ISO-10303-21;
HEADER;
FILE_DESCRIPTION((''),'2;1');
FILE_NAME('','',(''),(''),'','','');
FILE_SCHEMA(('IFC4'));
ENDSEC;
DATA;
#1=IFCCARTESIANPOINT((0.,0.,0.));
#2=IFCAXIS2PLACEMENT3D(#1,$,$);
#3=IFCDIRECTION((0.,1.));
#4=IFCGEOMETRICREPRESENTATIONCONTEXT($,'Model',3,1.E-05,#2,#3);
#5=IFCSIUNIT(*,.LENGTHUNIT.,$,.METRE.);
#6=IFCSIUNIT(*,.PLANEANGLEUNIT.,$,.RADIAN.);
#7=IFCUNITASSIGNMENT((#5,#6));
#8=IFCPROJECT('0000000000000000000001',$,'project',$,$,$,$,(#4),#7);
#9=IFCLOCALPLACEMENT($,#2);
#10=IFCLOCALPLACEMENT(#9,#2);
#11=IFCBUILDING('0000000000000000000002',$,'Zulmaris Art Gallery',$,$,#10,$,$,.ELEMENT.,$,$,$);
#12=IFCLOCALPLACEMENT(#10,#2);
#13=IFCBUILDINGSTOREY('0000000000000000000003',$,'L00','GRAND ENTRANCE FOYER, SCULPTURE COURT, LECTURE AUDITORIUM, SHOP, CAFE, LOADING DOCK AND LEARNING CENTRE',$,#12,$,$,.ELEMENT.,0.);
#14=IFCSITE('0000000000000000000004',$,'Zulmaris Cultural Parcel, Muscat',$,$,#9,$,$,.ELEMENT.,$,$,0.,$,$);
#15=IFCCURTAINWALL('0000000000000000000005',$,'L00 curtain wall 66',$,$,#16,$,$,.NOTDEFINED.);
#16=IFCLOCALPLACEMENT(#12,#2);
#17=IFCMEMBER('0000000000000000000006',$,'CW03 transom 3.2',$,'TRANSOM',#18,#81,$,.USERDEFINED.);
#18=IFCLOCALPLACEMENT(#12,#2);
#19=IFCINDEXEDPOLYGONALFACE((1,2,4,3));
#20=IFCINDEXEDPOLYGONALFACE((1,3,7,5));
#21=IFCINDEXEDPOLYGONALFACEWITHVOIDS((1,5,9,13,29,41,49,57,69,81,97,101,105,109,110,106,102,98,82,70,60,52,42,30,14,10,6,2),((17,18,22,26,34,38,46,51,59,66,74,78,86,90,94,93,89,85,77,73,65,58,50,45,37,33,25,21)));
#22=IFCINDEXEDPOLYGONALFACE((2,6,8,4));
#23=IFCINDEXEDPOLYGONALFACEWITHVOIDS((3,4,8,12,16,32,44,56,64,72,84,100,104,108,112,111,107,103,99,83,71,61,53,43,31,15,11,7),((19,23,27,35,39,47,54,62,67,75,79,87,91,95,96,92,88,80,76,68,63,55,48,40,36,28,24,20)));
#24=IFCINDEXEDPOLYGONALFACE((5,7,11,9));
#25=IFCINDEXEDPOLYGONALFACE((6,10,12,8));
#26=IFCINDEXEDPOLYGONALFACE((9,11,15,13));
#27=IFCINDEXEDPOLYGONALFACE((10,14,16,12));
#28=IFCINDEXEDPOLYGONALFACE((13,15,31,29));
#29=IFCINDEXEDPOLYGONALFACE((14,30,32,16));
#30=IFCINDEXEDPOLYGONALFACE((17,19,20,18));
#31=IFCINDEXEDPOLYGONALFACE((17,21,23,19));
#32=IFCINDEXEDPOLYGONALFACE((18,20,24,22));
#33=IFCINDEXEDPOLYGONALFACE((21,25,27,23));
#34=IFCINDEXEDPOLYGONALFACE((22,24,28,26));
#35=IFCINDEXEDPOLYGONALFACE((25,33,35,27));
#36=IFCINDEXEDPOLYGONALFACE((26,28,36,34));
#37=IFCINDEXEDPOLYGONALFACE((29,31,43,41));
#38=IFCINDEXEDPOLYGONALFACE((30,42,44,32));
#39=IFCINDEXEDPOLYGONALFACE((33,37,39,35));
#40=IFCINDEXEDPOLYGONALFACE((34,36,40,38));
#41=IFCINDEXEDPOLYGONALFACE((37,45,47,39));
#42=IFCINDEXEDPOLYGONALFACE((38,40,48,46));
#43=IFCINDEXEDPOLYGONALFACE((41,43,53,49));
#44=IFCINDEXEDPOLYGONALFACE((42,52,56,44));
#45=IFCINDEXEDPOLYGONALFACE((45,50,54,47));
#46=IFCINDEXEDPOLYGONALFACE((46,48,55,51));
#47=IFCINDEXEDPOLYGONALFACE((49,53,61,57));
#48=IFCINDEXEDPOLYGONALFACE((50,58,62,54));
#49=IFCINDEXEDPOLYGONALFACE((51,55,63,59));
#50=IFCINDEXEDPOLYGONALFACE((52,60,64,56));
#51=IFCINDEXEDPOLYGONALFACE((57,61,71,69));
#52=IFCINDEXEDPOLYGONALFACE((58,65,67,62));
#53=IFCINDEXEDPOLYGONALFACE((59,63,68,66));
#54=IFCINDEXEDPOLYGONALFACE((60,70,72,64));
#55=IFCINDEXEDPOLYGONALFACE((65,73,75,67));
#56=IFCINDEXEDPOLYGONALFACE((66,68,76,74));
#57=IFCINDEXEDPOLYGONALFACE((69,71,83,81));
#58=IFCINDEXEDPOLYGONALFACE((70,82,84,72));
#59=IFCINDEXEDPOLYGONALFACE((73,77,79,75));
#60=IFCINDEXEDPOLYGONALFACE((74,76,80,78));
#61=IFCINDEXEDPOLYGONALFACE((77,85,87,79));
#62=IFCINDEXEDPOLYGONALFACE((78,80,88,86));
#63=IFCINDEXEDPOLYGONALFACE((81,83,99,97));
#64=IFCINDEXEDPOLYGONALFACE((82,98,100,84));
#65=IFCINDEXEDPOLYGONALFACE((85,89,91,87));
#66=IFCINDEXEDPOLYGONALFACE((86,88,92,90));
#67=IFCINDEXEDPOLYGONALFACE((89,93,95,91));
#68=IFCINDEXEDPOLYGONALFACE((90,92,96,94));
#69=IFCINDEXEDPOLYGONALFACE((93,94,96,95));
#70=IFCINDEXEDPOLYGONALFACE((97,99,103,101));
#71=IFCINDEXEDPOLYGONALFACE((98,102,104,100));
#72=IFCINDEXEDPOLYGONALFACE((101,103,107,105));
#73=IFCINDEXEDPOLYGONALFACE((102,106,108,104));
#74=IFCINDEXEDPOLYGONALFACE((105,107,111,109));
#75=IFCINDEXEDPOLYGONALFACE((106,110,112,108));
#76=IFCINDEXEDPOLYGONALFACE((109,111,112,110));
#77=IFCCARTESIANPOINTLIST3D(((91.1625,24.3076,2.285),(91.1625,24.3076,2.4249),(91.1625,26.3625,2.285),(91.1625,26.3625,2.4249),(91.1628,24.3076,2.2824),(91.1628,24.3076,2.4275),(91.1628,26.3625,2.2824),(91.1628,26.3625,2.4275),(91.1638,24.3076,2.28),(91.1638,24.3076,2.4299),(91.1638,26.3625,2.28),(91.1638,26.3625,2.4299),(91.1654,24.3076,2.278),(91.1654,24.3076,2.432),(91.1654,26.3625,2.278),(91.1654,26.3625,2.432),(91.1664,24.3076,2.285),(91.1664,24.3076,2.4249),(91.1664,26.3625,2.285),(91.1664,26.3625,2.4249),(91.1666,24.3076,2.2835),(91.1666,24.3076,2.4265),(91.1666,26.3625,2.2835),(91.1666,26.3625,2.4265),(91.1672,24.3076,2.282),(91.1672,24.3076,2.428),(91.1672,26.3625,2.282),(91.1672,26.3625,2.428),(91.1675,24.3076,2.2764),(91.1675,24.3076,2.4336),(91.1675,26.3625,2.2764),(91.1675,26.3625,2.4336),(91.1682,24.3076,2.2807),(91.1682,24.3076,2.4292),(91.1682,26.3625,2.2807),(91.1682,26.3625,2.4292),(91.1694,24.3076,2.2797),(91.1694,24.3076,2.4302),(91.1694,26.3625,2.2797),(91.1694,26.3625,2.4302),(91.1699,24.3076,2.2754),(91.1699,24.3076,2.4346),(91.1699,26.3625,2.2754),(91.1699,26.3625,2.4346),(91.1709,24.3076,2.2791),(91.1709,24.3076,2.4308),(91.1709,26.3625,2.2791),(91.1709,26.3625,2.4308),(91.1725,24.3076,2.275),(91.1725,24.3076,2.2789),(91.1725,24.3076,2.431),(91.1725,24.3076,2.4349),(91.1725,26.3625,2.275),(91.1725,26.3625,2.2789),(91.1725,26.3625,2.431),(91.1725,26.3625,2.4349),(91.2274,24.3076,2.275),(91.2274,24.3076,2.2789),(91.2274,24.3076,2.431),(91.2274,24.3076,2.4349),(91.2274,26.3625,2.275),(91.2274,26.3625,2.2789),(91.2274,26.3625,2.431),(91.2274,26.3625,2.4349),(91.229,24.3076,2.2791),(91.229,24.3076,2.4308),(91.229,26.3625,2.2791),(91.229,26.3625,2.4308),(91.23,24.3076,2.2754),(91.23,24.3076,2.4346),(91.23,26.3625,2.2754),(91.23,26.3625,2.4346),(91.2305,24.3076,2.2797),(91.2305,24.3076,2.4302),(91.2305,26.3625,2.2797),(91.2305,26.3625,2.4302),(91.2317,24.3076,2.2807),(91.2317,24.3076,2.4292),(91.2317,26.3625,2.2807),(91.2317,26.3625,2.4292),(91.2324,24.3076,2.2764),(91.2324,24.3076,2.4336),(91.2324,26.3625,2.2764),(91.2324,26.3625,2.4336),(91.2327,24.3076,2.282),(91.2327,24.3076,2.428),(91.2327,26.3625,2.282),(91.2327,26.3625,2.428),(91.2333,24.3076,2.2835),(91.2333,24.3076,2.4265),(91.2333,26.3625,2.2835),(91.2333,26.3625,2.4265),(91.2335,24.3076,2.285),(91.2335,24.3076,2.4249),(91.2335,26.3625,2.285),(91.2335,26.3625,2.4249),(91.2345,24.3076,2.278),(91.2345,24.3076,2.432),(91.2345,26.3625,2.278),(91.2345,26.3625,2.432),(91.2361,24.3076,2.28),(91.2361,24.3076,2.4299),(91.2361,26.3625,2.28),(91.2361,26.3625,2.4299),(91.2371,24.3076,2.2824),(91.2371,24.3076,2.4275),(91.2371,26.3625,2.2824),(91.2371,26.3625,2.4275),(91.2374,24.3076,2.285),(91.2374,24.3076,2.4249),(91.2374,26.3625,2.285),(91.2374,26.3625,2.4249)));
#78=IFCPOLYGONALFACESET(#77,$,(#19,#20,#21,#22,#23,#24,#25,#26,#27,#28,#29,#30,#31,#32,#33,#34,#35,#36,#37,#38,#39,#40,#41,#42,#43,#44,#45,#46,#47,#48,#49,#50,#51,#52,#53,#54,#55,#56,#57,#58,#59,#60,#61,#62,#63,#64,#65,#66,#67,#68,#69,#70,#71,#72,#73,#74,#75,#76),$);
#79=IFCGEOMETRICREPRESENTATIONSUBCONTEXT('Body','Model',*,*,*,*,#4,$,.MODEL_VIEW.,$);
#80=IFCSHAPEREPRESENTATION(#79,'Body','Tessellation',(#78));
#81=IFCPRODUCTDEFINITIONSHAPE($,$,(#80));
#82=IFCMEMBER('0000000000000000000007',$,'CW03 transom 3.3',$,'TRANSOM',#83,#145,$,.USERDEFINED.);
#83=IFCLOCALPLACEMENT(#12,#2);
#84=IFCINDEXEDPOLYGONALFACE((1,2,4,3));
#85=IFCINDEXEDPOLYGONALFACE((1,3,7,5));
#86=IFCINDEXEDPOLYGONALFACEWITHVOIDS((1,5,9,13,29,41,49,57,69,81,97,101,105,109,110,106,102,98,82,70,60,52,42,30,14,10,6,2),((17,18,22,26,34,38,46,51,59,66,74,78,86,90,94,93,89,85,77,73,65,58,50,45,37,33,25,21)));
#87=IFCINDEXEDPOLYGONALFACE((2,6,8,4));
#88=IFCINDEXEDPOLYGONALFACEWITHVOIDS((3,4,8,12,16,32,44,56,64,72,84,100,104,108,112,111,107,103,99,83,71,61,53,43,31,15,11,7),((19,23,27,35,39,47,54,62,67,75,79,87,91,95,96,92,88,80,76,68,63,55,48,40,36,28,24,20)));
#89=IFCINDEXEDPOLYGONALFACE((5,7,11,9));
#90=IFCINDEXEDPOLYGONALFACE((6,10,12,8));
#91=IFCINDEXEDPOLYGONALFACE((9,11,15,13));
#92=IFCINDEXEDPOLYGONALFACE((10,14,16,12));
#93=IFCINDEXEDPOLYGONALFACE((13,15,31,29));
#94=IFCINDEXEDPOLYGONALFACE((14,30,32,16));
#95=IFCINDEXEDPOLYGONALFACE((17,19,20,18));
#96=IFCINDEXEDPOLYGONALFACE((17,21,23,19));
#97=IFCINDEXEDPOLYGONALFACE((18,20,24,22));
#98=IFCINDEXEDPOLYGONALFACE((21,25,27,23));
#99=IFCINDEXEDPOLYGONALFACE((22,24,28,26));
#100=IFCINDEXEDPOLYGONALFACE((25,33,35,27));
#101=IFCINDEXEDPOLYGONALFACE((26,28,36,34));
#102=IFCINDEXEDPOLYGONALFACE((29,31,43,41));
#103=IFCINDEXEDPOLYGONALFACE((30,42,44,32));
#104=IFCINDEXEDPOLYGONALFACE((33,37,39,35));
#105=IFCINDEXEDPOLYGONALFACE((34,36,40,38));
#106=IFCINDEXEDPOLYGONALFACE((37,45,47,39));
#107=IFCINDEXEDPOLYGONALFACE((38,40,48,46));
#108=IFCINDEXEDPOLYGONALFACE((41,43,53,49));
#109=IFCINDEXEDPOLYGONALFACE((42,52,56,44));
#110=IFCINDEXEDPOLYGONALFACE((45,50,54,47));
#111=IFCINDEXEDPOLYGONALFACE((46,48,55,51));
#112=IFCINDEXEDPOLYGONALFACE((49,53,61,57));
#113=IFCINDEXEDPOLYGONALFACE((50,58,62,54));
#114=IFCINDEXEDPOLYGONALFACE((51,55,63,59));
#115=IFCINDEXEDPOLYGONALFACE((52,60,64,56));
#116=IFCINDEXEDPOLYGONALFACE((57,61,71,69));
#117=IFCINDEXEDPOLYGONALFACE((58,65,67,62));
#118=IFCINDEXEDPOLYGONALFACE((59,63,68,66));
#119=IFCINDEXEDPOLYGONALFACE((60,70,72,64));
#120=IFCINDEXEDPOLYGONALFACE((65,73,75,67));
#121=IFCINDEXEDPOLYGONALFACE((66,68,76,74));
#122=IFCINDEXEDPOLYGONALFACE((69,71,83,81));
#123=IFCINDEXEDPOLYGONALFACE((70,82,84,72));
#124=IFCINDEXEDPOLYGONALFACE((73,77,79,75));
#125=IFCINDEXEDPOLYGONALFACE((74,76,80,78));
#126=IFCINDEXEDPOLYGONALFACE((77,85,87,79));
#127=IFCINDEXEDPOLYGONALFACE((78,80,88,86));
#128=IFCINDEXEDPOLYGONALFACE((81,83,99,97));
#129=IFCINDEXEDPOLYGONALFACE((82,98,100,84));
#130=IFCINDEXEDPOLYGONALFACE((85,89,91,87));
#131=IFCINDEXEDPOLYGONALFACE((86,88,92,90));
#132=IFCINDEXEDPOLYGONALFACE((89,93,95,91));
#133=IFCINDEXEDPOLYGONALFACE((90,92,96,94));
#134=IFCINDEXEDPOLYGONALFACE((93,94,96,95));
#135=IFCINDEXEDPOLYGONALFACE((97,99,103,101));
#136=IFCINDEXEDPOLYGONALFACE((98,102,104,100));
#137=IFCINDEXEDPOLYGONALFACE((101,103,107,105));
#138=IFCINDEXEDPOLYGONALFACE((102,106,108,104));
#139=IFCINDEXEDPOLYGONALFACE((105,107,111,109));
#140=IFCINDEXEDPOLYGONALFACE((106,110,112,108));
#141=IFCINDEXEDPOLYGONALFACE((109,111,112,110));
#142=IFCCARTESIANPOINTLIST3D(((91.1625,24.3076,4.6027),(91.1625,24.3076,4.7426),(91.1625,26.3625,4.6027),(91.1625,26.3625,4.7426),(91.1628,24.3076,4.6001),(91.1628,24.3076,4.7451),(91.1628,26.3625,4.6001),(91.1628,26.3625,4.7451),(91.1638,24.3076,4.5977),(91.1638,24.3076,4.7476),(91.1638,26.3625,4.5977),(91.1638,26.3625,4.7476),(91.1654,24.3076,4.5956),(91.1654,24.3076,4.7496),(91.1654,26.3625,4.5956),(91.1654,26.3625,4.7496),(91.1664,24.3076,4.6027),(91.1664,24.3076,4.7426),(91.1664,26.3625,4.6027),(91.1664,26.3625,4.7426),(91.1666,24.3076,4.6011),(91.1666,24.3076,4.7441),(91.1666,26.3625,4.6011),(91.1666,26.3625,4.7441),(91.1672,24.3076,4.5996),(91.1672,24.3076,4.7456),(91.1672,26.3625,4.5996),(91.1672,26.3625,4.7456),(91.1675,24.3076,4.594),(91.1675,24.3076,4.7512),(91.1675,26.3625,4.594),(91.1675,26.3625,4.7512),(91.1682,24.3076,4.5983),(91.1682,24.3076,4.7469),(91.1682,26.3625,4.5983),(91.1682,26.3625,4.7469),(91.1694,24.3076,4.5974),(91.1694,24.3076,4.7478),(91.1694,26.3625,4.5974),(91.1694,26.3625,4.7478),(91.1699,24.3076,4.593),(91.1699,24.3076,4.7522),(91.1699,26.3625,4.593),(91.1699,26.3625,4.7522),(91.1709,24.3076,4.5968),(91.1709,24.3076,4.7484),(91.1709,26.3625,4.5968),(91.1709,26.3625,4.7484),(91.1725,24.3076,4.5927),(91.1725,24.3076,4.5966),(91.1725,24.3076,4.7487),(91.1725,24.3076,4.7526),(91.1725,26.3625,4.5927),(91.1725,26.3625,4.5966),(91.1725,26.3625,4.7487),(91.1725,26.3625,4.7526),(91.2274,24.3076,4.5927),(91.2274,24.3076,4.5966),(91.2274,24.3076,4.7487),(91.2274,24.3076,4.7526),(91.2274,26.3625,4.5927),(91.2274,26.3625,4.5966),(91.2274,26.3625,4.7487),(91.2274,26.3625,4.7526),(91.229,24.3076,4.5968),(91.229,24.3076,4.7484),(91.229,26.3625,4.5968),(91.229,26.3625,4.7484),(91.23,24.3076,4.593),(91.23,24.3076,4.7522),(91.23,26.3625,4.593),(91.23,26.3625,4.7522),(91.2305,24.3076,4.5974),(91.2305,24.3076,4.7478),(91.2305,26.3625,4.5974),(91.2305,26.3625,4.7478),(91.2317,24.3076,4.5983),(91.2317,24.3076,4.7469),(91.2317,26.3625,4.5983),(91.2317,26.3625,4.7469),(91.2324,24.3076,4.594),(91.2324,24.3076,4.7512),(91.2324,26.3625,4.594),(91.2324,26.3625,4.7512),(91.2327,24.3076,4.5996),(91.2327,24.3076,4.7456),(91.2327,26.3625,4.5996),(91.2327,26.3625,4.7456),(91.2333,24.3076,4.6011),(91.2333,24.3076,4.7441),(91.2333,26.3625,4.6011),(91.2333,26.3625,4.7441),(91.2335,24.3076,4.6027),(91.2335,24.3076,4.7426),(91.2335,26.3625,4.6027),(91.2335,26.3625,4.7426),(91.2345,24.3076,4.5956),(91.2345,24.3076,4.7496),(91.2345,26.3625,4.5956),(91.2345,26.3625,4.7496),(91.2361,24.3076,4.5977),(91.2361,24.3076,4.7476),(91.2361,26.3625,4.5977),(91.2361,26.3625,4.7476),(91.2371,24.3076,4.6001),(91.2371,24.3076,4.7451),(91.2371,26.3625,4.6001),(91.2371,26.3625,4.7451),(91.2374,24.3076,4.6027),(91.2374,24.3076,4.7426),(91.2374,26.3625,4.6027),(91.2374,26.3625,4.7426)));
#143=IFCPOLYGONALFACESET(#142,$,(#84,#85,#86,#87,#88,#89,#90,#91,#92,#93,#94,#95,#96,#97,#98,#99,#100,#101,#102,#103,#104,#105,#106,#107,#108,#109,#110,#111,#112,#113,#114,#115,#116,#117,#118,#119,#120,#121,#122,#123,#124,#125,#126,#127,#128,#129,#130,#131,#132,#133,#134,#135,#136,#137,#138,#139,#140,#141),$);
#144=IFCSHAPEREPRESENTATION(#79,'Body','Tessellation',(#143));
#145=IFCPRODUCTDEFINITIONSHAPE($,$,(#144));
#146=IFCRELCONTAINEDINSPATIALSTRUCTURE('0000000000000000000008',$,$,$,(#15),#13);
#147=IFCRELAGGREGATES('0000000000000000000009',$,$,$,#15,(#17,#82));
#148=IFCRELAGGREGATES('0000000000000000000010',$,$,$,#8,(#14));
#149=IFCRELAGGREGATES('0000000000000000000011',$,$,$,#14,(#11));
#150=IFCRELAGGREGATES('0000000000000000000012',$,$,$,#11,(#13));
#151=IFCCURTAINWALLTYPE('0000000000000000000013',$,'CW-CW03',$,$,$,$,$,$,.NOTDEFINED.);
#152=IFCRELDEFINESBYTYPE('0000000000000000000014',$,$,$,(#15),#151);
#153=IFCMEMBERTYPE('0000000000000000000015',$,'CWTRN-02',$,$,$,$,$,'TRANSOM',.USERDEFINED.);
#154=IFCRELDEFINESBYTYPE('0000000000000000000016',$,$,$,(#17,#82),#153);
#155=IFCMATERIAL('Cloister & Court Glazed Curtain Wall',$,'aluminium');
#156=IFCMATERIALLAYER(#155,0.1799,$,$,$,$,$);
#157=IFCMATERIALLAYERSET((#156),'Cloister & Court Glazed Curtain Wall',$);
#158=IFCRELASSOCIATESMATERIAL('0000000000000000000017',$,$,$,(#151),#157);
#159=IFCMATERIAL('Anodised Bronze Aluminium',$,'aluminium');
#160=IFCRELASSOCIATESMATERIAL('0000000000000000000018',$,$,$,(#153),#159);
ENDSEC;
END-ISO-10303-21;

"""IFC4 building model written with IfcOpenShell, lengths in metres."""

from ifc_helpers import new_model, si_unit, direction, frame, origin, origin_2d, place, context, subcontext, project, spatial, hollow_rectangle, extrude, material, layer, layer_set, material_profile, profile_set, type_object, element, aggregate, save


model = new_model("IFC4")

# Units and contexts
model_context = context("Model", 3, precision=1e-05, world=origin(), true_north=direction((0.0, 1.0)))
body_context = subcontext(model_context, "Body", "Model", "MODEL_VIEW")
ifc_project = project(units=[si_unit("LENGTHUNIT", "METRE"), si_unit("PLANEANGLEUNIT", "RADIAN")], contexts=[model_context])

# Site, building, storey
site_placement = place(None, origin())
site = spatial("IfcSite", under=ifc_project, at=site_placement, Name="Zulmaris Cultural Parcel, Muscat", CompositionType="ELEMENT", RefElevation=0.0)
building_placement = place(site_placement, origin())
building = spatial("IfcBuilding", under=site, at=building_placement, Name="Zulmaris Art Gallery", CompositionType="ELEMENT")
storey_placement = place(building_placement, origin())
storey = spatial("IfcBuildingStorey", under=building, at=storey_placement, Name="L00", Description="GRAND ENTRANCE FOYER, SCULPTURE COURT, LECTURE AUDITORIUM, SHOP, CAFE, LOADING DOCK AND LEARNING CENTRE", CompositionType="ELEMENT", Elevation=0.0)

# Curtain wall
ifc_material_1 = material(Name="Cloister & Court Glazed Curtain Wall", Category="aluminium")
ifc_layer_1 = layer(ifc_material_1, 0.1799)
ifc_layer_set_1 = layer_set([ifc_layer_1], Name="Cloister & Court Glazed Curtain Wall")
curtain_wall_type = type_object("IfcCurtainWallType", Name="CW-CW03", PredefinedType="NOTDEFINED", material=ifc_layer_set_1)
curtain_wall_1_placement = place(storey_placement, origin())
curtain_wall_1 = element("IfcCurtainWall", 1, at=curtain_wall_1_placement, inside=storey, type_object=curtain_wall_type, Name="L00 curtain wall 66", PredefinedType="NOTDEFINED")
ifc_material_2 = material(Name="Anodised Bronze Aluminium", Category="aluminium")

# Members
ifc_material_profile_1 = material_profile(ifc_material_2, hollow_rectangle(XDim=0.075, YDim=0.1599, WallThickness=0.0039, InnerFilletRadius=0.0061, OuterFilletRadius=0.01, at=origin_2d()), Name="ALU 75x160x4")
ifc_profile_set_1 = profile_set([ifc_material_profile_1], Name="Anodised Bronze Aluminium")
member_type_1 = type_object("IfcMemberType", Name="CWTRN-02", ElementType="TRANSOM", PredefinedType="USERDEFINED", material=ifc_profile_set_1)
member_1_placement = place(storey_placement, frame((91.2, 26.3625, 2.355), z_axis=(0.0, -1.0, 0.0), x_axis=(1.0, 0.0, 0.0)))
member_1 = element("IfcMember", 2, at=member_1_placement, type_object=member_type_1, Name="CW03 transom 3.2", ObjectType="TRANSOM", PredefinedType="USERDEFINED", context=body_context, shape_type="SweptSolid", body=[
    extrude(hollow_rectangle(XDim=0.075, YDim=0.1599, WallThickness=0.0039, InnerFilletRadius=0.0061, OuterFilletRadius=0.01, at=origin_2d()), origin(), (0.0, 0.0, 1.0), 2.0549),
])
member_2_placement = place(storey_placement, frame((91.2, 26.3625, 4.6726), z_axis=(0.0, -1.0, 0.0), x_axis=(1.0, 0.0, 0.0)))
member_2 = element("IfcMember", 3, at=member_2_placement, type_object=member_type_1, Name="CW03 transom 3.3", ObjectType="TRANSOM", PredefinedType="USERDEFINED", context=body_context, shape_type="SweptSolid", body=[
    extrude(hollow_rectangle(XDim=0.075, YDim=0.1599, WallThickness=0.0039, InnerFilletRadius=0.0061, OuterFilletRadius=0.01, at=origin_2d()), origin(), (0.0, 0.0, 1.0), 2.0549),
])

aggregate(curtain_wall_1, [member_1, member_2])

save(model, "model.ifc")
